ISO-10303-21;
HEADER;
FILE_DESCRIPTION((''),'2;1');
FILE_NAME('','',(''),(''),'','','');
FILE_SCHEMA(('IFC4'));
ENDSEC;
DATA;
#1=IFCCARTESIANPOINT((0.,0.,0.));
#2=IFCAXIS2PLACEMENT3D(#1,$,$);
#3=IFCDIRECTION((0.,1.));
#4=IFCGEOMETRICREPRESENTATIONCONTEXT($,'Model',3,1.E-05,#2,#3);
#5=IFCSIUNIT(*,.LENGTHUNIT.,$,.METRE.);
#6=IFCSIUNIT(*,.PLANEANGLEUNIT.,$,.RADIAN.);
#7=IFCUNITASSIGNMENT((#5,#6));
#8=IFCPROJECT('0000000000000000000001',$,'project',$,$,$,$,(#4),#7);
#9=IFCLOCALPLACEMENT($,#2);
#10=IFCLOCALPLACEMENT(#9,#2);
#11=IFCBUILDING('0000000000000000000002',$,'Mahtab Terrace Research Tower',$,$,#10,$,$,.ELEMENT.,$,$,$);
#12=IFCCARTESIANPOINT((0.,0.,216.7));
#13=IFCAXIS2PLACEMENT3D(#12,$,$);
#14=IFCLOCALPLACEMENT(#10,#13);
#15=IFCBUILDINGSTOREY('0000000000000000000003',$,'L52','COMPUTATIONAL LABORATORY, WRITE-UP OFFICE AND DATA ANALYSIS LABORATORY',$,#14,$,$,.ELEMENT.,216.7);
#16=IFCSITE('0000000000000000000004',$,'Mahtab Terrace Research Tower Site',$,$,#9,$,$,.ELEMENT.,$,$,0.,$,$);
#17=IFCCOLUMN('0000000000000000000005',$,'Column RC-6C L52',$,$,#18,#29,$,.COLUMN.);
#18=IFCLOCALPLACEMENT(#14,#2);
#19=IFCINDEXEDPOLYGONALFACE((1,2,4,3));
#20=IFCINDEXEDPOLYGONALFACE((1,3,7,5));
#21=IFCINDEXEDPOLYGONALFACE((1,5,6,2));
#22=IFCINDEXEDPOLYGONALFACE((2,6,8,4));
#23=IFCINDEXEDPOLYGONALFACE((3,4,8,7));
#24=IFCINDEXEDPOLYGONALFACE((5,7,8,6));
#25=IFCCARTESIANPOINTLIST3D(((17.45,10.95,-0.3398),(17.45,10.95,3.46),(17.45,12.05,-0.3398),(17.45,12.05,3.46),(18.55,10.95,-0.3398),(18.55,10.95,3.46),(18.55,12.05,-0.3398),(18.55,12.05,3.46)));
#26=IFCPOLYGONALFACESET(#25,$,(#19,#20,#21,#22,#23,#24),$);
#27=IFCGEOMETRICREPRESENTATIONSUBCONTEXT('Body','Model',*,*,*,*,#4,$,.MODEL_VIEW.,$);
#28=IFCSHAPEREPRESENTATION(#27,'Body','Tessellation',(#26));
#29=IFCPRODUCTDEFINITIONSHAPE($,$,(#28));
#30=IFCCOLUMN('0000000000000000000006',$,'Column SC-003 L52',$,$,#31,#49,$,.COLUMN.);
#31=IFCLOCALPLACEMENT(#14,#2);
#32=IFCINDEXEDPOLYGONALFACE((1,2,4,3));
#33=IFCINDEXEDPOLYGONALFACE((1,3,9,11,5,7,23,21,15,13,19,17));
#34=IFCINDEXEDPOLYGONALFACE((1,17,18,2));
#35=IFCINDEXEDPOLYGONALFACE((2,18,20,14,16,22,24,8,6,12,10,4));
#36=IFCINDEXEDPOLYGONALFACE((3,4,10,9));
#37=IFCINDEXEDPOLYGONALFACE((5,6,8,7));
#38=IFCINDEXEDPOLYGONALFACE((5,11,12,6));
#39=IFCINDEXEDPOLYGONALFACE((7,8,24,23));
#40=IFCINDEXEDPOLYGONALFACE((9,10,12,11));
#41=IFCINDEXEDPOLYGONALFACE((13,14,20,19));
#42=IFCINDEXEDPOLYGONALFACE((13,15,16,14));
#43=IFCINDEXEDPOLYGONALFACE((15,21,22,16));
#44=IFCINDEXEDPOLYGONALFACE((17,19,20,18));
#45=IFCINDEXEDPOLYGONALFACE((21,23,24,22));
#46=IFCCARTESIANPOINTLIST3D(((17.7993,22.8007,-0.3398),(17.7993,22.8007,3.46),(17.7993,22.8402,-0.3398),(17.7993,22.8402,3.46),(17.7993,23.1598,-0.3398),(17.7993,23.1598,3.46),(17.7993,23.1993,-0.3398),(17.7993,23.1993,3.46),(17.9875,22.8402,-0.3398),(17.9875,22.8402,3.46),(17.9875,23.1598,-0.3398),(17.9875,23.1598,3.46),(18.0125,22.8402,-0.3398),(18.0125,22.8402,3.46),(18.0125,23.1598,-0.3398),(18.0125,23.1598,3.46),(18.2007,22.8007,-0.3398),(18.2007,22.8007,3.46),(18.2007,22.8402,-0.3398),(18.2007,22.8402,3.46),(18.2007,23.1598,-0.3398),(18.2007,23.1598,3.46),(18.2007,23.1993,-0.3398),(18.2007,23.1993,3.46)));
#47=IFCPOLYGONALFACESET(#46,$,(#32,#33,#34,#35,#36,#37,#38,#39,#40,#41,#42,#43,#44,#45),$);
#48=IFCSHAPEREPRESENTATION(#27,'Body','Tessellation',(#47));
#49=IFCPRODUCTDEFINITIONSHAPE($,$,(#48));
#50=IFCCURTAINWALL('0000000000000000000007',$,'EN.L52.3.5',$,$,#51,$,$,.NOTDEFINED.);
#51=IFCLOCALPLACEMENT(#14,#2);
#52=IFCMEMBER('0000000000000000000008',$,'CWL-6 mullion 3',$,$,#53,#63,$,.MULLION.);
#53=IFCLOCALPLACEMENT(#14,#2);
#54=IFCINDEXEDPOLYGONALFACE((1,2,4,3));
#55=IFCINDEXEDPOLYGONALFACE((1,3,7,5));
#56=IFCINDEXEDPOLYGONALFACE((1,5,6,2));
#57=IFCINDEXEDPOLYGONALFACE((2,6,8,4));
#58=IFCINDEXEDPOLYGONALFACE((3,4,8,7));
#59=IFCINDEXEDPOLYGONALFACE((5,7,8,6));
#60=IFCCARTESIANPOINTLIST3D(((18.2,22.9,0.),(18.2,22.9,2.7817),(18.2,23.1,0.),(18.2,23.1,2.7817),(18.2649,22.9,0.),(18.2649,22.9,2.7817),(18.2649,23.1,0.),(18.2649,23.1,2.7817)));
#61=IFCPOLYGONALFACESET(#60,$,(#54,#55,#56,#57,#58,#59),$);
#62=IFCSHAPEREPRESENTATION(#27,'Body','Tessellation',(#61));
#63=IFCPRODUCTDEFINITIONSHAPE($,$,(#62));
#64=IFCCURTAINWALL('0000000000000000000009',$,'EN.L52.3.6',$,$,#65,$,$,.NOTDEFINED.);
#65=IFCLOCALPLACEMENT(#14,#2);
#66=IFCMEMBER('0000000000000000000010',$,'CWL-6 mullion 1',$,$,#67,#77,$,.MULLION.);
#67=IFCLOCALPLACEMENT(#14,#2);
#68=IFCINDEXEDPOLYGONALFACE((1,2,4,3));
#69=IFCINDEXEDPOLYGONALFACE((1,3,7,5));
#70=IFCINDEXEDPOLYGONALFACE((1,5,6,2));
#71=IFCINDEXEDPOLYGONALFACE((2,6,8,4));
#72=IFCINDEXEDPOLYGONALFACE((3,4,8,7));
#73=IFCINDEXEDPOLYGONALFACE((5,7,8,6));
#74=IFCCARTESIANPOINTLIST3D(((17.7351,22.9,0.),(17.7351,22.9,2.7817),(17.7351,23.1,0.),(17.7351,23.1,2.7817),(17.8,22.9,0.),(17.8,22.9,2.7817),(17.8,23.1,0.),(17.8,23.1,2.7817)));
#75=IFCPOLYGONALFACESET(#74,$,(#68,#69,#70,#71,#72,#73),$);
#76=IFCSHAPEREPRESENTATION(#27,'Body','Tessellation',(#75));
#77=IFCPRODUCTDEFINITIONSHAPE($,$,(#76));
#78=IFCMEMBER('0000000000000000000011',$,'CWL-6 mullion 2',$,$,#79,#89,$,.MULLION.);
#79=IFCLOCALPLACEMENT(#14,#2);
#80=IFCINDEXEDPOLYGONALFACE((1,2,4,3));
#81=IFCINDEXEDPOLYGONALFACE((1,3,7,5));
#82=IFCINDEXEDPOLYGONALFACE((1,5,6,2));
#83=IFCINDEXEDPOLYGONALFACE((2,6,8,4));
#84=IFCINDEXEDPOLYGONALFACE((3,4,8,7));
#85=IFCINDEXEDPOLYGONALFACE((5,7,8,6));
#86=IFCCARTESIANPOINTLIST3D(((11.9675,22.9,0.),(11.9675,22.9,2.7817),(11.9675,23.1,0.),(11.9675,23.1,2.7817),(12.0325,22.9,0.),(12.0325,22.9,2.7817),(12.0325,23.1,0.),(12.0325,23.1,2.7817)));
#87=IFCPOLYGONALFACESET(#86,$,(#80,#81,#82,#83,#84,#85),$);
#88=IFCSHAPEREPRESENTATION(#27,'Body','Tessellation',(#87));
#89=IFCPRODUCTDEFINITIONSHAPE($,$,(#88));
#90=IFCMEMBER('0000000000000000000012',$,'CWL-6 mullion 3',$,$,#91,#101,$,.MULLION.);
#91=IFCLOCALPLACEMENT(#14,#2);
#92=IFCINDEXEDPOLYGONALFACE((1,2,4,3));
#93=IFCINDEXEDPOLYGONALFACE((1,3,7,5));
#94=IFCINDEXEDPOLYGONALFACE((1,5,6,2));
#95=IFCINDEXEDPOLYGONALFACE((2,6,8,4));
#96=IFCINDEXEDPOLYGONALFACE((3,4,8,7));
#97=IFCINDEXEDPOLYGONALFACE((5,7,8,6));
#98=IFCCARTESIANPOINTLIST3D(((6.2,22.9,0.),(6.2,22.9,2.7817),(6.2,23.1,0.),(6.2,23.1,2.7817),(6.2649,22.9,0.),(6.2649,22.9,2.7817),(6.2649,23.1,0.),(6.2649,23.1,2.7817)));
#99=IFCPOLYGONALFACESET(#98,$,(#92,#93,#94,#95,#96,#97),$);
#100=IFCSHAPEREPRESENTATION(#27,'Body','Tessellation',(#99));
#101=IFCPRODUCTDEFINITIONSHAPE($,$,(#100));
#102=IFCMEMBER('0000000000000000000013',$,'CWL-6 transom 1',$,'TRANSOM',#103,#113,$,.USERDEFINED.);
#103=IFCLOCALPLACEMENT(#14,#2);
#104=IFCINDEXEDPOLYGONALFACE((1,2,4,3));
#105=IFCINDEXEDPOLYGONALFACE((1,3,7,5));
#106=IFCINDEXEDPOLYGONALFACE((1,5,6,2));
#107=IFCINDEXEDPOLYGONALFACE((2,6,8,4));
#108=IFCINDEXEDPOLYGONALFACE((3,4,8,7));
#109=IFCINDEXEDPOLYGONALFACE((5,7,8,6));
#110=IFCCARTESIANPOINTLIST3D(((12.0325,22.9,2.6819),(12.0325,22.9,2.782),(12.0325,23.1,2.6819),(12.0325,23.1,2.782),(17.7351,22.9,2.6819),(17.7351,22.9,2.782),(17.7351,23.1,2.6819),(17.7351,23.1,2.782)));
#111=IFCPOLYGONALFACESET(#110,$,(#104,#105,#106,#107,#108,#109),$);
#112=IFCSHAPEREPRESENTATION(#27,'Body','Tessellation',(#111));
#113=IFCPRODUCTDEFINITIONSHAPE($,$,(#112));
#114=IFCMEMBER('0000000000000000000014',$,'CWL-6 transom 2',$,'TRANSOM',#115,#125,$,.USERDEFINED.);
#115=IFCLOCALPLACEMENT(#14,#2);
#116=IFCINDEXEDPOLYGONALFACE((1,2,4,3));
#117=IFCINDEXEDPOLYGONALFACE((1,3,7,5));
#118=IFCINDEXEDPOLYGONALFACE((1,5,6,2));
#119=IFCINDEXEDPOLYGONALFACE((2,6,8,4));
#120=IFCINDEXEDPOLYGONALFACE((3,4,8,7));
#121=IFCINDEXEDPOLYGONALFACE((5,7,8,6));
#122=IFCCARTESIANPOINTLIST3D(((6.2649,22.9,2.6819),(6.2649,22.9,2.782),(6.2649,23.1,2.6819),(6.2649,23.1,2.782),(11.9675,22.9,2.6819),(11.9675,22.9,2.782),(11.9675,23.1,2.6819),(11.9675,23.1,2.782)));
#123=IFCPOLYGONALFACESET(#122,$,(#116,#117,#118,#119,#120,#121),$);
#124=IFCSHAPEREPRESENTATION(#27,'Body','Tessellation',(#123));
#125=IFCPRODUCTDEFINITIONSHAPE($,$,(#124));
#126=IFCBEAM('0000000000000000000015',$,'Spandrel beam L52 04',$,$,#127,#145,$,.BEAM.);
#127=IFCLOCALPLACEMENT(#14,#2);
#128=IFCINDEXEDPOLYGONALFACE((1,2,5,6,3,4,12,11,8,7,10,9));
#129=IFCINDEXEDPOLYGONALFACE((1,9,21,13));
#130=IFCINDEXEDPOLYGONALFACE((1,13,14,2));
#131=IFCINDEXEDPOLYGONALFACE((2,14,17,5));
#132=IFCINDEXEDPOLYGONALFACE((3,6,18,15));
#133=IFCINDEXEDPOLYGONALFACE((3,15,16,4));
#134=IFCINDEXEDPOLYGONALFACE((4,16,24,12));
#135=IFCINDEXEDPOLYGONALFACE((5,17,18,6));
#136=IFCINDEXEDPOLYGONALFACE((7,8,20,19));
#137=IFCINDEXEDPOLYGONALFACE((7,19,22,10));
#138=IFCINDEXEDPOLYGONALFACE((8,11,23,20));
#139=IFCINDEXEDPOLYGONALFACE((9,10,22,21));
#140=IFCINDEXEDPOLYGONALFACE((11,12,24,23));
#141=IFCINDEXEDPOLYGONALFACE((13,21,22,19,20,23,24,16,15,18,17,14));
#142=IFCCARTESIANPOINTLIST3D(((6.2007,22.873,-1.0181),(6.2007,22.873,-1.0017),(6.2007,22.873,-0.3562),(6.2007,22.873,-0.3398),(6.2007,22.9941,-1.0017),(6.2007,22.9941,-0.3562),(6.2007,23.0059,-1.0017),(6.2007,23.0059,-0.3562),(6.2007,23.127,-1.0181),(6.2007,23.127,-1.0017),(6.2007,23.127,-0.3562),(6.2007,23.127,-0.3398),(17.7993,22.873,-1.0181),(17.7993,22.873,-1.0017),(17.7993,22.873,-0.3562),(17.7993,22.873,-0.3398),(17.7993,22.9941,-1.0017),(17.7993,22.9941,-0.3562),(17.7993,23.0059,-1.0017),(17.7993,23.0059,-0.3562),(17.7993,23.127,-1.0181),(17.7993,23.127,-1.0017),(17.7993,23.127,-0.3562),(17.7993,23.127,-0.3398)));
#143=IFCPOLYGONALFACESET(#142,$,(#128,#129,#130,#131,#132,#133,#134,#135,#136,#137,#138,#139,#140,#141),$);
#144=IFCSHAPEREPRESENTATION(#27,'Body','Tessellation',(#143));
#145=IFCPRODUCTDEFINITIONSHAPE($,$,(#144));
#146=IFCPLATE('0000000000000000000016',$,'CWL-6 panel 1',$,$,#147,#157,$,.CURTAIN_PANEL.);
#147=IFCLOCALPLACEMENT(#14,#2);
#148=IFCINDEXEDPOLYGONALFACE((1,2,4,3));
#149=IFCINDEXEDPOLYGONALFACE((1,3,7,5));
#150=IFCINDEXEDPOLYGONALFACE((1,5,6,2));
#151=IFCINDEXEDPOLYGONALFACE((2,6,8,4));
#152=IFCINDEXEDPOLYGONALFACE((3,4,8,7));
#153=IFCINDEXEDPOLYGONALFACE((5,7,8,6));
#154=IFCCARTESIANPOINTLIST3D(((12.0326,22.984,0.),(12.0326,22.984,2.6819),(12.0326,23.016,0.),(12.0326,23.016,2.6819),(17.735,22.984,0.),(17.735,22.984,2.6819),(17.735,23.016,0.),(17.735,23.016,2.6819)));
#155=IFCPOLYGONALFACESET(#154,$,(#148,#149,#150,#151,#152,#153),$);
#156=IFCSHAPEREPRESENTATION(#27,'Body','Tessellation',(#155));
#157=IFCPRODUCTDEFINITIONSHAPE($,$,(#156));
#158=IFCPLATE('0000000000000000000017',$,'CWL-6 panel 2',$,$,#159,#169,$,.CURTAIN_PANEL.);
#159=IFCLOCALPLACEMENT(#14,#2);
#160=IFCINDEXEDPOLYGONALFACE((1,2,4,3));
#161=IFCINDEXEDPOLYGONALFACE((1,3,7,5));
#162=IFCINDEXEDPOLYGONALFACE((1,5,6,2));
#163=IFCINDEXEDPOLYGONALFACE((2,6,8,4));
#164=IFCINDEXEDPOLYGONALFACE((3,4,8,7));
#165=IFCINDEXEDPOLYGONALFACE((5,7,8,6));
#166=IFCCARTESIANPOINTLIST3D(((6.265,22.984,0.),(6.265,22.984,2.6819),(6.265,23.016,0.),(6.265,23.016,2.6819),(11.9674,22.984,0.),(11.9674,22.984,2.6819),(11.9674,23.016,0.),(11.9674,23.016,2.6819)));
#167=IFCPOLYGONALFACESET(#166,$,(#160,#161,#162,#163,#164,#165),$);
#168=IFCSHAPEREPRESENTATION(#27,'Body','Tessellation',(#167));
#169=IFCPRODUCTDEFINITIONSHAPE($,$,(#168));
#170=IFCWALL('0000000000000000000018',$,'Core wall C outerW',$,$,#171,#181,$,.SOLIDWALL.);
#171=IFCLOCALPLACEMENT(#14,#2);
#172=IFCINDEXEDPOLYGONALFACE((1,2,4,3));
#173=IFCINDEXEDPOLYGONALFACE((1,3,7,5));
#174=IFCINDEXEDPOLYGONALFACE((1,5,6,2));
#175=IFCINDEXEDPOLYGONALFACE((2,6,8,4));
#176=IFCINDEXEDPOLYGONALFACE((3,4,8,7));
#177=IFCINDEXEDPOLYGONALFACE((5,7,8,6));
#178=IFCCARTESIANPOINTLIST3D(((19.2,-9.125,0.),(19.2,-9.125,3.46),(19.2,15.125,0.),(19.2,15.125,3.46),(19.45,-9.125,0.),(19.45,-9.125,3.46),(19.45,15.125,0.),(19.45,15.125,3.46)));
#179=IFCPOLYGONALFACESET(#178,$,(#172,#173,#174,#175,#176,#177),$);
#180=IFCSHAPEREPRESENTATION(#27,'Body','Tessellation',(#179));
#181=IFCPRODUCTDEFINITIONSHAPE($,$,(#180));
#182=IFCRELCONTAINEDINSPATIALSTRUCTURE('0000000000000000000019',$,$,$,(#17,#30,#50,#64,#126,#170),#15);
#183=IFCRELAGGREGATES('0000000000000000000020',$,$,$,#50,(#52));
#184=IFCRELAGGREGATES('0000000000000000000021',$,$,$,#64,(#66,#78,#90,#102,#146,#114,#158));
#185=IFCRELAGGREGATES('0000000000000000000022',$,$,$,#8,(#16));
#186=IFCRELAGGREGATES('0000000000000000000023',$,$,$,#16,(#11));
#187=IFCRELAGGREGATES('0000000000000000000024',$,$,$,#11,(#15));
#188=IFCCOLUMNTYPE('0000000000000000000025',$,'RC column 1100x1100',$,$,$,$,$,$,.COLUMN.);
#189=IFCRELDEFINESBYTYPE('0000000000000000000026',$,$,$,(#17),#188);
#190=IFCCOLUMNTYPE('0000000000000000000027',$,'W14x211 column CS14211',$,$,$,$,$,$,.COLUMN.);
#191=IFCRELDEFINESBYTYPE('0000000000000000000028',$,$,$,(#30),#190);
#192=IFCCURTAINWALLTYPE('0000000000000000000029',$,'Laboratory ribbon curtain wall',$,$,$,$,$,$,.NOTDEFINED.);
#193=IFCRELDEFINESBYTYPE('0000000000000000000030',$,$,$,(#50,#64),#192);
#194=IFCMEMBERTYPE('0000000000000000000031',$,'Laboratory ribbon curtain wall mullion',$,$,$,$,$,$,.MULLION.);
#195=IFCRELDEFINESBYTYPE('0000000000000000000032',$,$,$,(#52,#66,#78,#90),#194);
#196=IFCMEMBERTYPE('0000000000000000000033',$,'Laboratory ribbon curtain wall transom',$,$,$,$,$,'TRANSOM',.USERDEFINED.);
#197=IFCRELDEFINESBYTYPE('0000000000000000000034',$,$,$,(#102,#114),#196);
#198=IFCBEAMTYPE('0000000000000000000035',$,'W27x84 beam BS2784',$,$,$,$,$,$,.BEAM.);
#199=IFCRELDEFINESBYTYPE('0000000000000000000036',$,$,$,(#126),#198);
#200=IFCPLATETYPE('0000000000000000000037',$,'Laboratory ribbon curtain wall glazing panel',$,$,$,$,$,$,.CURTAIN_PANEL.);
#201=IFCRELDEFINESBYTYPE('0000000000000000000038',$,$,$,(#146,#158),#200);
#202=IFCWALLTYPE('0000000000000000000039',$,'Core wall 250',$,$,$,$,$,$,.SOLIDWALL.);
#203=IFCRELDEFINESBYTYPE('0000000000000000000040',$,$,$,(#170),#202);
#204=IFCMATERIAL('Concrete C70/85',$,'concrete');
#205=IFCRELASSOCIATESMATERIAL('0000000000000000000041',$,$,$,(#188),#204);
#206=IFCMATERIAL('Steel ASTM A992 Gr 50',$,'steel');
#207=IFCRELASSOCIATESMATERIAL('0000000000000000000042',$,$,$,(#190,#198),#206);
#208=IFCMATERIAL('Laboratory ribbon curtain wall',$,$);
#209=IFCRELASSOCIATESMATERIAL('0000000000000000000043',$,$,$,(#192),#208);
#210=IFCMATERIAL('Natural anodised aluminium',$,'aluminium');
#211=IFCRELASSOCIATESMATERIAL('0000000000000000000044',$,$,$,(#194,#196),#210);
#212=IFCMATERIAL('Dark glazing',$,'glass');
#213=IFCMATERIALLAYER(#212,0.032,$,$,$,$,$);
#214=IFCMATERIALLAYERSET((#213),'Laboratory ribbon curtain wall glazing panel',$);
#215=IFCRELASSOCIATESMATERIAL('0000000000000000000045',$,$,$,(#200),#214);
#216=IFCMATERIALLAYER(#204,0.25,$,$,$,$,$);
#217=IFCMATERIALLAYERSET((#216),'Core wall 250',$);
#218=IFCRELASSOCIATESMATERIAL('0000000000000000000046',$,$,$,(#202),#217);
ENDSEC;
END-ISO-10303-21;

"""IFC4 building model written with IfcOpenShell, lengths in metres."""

from ifc_helpers import new_model, si_unit, direction, frame, frame_2d, origin, origin_2d, place, context, subcontext, project, spatial, rectangle, i_section, extrude, material, layer, layer_set, material_profile, profile_set, type_object, element, aggregate, save


model = new_model("IFC4")

# Units and contexts
model_context = context("Model", 3, precision=1e-05, world=origin(), true_north=direction((0.0, 1.0)))
body_context = subcontext(model_context, "Body", "Model", "MODEL_VIEW")
ifc_project = project(units=[si_unit("LENGTHUNIT", "METRE"), si_unit("PLANEANGLEUNIT", "RADIAN")], contexts=[model_context])

# Site, building, storey
site_placement = place(None, origin())
site = spatial("IfcSite", under=ifc_project, at=site_placement, Name="Mahtab Terrace Research Tower Site", CompositionType="ELEMENT", RefElevation=0.0)
building_placement = place(site_placement, origin())
building = spatial("IfcBuilding", under=site, at=building_placement, Name="Mahtab Terrace Research Tower", CompositionType="ELEMENT")
storey_placement = place(building_placement, frame((0.0, 0.0, 216.7)))
storey = spatial("IfcBuildingStorey", under=building, at=storey_placement, Name="L52", Description="COMPUTATIONAL LABORATORY, WRITE-UP OFFICE AND DATA ANALYSIS LABORATORY", CompositionType="ELEMENT", Elevation=216.7)

# Columns
ifc_material_1 = material(Name="Concrete C70/85", Category="concrete")
ifc_material_profile_1 = material_profile(ifc_material_1, rectangle(XDim=1.1001, YDim=1.1001, at=origin_2d()), Name="RC column 1100x1100")
ifc_profile_set_1 = profile_set([ifc_material_profile_1], Name="Concrete C70/85")
column_type_1 = type_object("IfcColumnType", Name="RC column 1100x1100", PredefinedType="COLUMN", material=ifc_profile_set_1)
column_1_placement = place(storey_placement, frame((18.0, 11.5, -0.3398), z_axis=(0.0, 0.0, 1.0), x_axis=(1.0, 0.0, 0.0)))
element("IfcColumn", 1, at=column_1_placement, inside=storey, type_object=column_type_1, Name="Column RC-6C L52", PredefinedType="COLUMN", context=body_context, shape_type="SweptSolid", body=[
    extrude(rectangle(XDim=1.1001, YDim=1.1001, at=origin_2d()), origin(), (0.0, 0.0, 1.0), 3.7998),
])
ifc_material_2 = material(Name="Steel ASTM A992 Gr 50", Category="steel")
ifc_material_profile_2 = material_profile(ifc_material_2, i_section(OverallWidth=0.4014, OverallDepth=0.3987, WebThickness=0.0249, FlangeThickness=0.0396, at=origin_2d()), Name="W14X211")
ifc_profile_set_2 = profile_set([ifc_material_profile_2], Name="Steel ASTM A992 Gr 50")
column_type_2 = type_object("IfcColumnType", Name="W14x211 column CS14211", PredefinedType="COLUMN", material=ifc_profile_set_2)
column_2_placement = place(storey_placement, frame((18.0, 23.0, -0.3398), z_axis=(0.0, 0.0, 1.0), x_axis=(1.0, 0.0, 0.0)))
element("IfcColumn", 2, at=column_2_placement, inside=storey, type_object=column_type_2, Name="Column SC-003 L52", PredefinedType="COLUMN", context=body_context, shape_type="SweptSolid", body=[
    extrude(i_section(OverallWidth=0.4014, OverallDepth=0.3987, WebThickness=0.0249, FlangeThickness=0.0396, at=origin_2d()), origin(), (0.0, 0.0, 1.0), 3.7998),
])

# Curtain wall, member
ifc_material_3 = material(Name="Laboratory ribbon curtain wall")
curtain_wall_type = type_object("IfcCurtainWallType", Name="Laboratory ribbon curtain wall", PredefinedType="NOTDEFINED", material=ifc_material_3)
curtain_wall_1_placement = place(storey_placement, origin())
curtain_wall_1 = element("IfcCurtainWall", 3, at=curtain_wall_1_placement, inside=storey, type_object=curtain_wall_type, Name="EN.L52.3.5", PredefinedType="NOTDEFINED")
ifc_material_4 = material(Name="Natural anodised aluminium", Category="aluminium")
ifc_material_profile_3 = material_profile(ifc_material_4, rectangle(XDim=0.2, YDim=0.0649, at=origin_2d()), Name="MULLION 65x200")
ifc_profile_set_3 = profile_set([ifc_material_profile_3], Name="Natural anodised aluminium")
member_type_1 = type_object("IfcMemberType", Name="Laboratory ribbon curtain wall mullion", PredefinedType="MULLION", material=ifc_profile_set_3)
member_1_placement = place(storey_placement, frame((18.2324, 23.0, 0.0), z_axis=(0.0, 0.0, 1.0), x_axis=(0.0, -1.0, 0.0)))
member_1 = element("IfcMember", 4, at=member_1_placement, type_object=member_type_1, Name="CWL-6 mullion 3", PredefinedType="MULLION", context=body_context, shape_type="SweptSolid", body=[
    extrude(rectangle(XDim=0.2, YDim=0.0649, at=origin_2d()), origin(), (0.0, 0.0, 1.0), 2.7817),
])
aggregate(curtain_wall_1, [member_1])

# Curtain wall, members
curtain_wall_2_placement = place(storey_placement, origin())
curtain_wall_2 = element("IfcCurtainWall", 5, at=curtain_wall_2_placement, inside=storey, type_object=curtain_wall_type, Name="EN.L52.3.6", PredefinedType="NOTDEFINED")
member_2_placement = place(storey_placement, frame((17.7676, 23.0, 0.0), z_axis=(0.0, 0.0, 1.0), x_axis=(0.0, -1.0, 0.0)))
member_2 = element("IfcMember", 6, at=member_2_placement, type_object=member_type_1, Name="CWL-6 mullion 1", PredefinedType="MULLION", context=body_context, shape_type="SweptSolid", body=[
    extrude(rectangle(XDim=0.2, YDim=0.0649, at=origin_2d()), origin(), (0.0, 0.0, 1.0), 2.7817),
])
member_3_placement = place(storey_placement, frame((12.0, 23.0, 0.0), z_axis=(0.0, 0.0, 1.0), x_axis=(0.0, -1.0, 0.0)))
member_3 = element("IfcMember", 7, at=member_3_placement, type_object=member_type_1, Name="CWL-6 mullion 2", PredefinedType="MULLION", context=body_context, shape_type="SweptSolid", body=[
    extrude(rectangle(XDim=0.2, YDim=0.0649, at=origin_2d()), origin(), (0.0, 0.0, 1.0), 2.7817),
])
member_4_placement = place(storey_placement, frame((6.2324, 23.0, 0.0), z_axis=(0.0, 0.0, 1.0), x_axis=(0.0, -1.0, 0.0)))
member_4 = element("IfcMember", 8, at=member_4_placement, type_object=member_type_1, Name="CWL-6 mullion 3", PredefinedType="MULLION", context=body_context, shape_type="SweptSolid", body=[
    extrude(rectangle(XDim=0.2, YDim=0.0649, at=origin_2d()), origin(), (0.0, 0.0, 1.0), 2.7817),
])
ifc_material_profile_4 = material_profile(ifc_material_4, rectangle(XDim=0.2, YDim=0.1001, at=origin_2d()), Name="TRANSOM 100x200")
ifc_profile_set_4 = profile_set([ifc_material_profile_4], Name="Natural anodised aluminium")
member_type_2 = type_object("IfcMemberType", Name="Laboratory ribbon curtain wall transom", ElementType="TRANSOM", PredefinedType="USERDEFINED", material=ifc_profile_set_4)
member_5_placement = place(storey_placement, frame((17.7351, 23.0, 2.7319), z_axis=(-1.0, 0.0, 0.0), x_axis=(0.0, -1.0, 0.0)))
member_5 = element("IfcMember", 9, at=member_5_placement, type_object=member_type_2, Name="CWL-6 transom 1", ObjectType="TRANSOM", PredefinedType="USERDEFINED", context=body_context, shape_type="SweptSolid", body=[
    extrude(rectangle(XDim=0.2, YDim=0.1001, at=origin_2d()), origin(), (0.0, 0.0, 1.0), 5.7026),
])
member_6_placement = place(storey_placement, frame((11.9675, 23.0, 2.7319), z_axis=(-1.0, 0.0, 0.0), x_axis=(0.0, -1.0, 0.0)))
member_6 = element("IfcMember", 10, at=member_6_placement, type_object=member_type_2, Name="CWL-6 transom 2", ObjectType="TRANSOM", PredefinedType="USERDEFINED", context=body_context, shape_type="SweptSolid", body=[
    extrude(rectangle(XDim=0.2, YDim=0.1001, at=origin_2d()), origin(), (0.0, 0.0, 1.0), 5.7026),
])

# Beam
ifc_material_profile_5 = material_profile(ifc_material_2, i_section(OverallWidth=0.2539, OverallDepth=0.6782, WebThickness=0.0117, FlangeThickness=0.0164, at=origin_2d()), Name="W27X84")
ifc_profile_set_5 = profile_set([ifc_material_profile_5], Name="Steel ASTM A992 Gr 50")
beam_type = type_object("IfcBeamType", Name="W27x84 beam BS2784", PredefinedType="BEAM", material=ifc_profile_set_5)
beam_placement = place(storey_placement, frame((17.7993, 23.0, -0.679), z_axis=(-1.0, 0.0, 0.0), x_axis=(0.0, -1.0, 0.0)))
element("IfcBeam", 11, at=beam_placement, inside=storey, type_object=beam_type, Name="Spandrel beam L52 04", PredefinedType="BEAM", context=body_context, shape_type="SweptSolid", body=[
    extrude(i_section(OverallWidth=0.2539, OverallDepth=0.6782, WebThickness=0.0117, FlangeThickness=0.0164, at=origin_2d()), origin(), (0.0, 0.0, 1.0), 11.5986),
])

# Plates
ifc_material_5 = material(Name="Dark glazing", Category="glass")
ifc_layer_1 = layer(ifc_material_5, 0.032)
ifc_layer_set_1 = layer_set([ifc_layer_1], Name="Laboratory ribbon curtain wall glazing panel")
plate_type = type_object("IfcPlateType", Name="Laboratory ribbon curtain wall glazing panel", PredefinedType="CURTAIN_PANEL", material=ifc_layer_set_1)
plate_1_placement = place(storey_placement, frame((14.8838, 23.0, 0.0), z_axis=(0.0, 0.0, 1.0), x_axis=(-1.0, 0.0, 0.0)))
plate_1 = element("IfcPlate", 12, at=plate_1_placement, type_object=plate_type, Name="CWL-6 panel 1", PredefinedType="CURTAIN_PANEL", context=body_context, shape_type="SweptSolid", body=[
    extrude(rectangle(XDim=5.7024, YDim=0.032, at=origin_2d()), origin(), (0.0, 0.0, 1.0), 2.6819),
])
plate_2_placement = place(storey_placement, frame((9.1162, 23.0, 0.0), z_axis=(0.0, 0.0, 1.0), x_axis=(-1.0, 0.0, 0.0)))
plate_2 = element("IfcPlate", 13, at=plate_2_placement, type_object=plate_type, Name="CWL-6 panel 2", PredefinedType="CURTAIN_PANEL", context=body_context, shape_type="SweptSolid", body=[
    extrude(rectangle(XDim=5.7024, YDim=0.032, at=origin_2d()), origin(), (0.0, 0.0, 1.0), 2.6819),
])
aggregate(curtain_wall_2, [member_2, member_3, member_4, member_5, plate_1, member_6, plate_2])

# Wall
ifc_layer_2 = layer(ifc_material_1, 0.25)
ifc_layer_set_2 = layer_set([ifc_layer_2], Name="Core wall 250")
wall_type_1 = type_object("IfcWallType", Name="Core wall 250", PredefinedType="SOLIDWALL", material=ifc_layer_set_2)
wall_1_placement = place(storey_placement, frame((19.325, 15.125, 0.0), z_axis=(0.0, 0.0, 1.0), x_axis=(0.0, -1.0, 0.0)))
element("IfcWall", 14, at=wall_1_placement, inside=storey, type_object=wall_type_1, Name="Core wall C outerW", PredefinedType="SOLIDWALL", context=body_context, shape_type="SweptSolid", body=[
    extrude(rectangle(XDim=24.25, YDim=0.25, at=frame_2d((12.125, 0.0))), origin(), (0.0, 0.0, 1.0), 3.46),
])

save(model, "model.ifc")
